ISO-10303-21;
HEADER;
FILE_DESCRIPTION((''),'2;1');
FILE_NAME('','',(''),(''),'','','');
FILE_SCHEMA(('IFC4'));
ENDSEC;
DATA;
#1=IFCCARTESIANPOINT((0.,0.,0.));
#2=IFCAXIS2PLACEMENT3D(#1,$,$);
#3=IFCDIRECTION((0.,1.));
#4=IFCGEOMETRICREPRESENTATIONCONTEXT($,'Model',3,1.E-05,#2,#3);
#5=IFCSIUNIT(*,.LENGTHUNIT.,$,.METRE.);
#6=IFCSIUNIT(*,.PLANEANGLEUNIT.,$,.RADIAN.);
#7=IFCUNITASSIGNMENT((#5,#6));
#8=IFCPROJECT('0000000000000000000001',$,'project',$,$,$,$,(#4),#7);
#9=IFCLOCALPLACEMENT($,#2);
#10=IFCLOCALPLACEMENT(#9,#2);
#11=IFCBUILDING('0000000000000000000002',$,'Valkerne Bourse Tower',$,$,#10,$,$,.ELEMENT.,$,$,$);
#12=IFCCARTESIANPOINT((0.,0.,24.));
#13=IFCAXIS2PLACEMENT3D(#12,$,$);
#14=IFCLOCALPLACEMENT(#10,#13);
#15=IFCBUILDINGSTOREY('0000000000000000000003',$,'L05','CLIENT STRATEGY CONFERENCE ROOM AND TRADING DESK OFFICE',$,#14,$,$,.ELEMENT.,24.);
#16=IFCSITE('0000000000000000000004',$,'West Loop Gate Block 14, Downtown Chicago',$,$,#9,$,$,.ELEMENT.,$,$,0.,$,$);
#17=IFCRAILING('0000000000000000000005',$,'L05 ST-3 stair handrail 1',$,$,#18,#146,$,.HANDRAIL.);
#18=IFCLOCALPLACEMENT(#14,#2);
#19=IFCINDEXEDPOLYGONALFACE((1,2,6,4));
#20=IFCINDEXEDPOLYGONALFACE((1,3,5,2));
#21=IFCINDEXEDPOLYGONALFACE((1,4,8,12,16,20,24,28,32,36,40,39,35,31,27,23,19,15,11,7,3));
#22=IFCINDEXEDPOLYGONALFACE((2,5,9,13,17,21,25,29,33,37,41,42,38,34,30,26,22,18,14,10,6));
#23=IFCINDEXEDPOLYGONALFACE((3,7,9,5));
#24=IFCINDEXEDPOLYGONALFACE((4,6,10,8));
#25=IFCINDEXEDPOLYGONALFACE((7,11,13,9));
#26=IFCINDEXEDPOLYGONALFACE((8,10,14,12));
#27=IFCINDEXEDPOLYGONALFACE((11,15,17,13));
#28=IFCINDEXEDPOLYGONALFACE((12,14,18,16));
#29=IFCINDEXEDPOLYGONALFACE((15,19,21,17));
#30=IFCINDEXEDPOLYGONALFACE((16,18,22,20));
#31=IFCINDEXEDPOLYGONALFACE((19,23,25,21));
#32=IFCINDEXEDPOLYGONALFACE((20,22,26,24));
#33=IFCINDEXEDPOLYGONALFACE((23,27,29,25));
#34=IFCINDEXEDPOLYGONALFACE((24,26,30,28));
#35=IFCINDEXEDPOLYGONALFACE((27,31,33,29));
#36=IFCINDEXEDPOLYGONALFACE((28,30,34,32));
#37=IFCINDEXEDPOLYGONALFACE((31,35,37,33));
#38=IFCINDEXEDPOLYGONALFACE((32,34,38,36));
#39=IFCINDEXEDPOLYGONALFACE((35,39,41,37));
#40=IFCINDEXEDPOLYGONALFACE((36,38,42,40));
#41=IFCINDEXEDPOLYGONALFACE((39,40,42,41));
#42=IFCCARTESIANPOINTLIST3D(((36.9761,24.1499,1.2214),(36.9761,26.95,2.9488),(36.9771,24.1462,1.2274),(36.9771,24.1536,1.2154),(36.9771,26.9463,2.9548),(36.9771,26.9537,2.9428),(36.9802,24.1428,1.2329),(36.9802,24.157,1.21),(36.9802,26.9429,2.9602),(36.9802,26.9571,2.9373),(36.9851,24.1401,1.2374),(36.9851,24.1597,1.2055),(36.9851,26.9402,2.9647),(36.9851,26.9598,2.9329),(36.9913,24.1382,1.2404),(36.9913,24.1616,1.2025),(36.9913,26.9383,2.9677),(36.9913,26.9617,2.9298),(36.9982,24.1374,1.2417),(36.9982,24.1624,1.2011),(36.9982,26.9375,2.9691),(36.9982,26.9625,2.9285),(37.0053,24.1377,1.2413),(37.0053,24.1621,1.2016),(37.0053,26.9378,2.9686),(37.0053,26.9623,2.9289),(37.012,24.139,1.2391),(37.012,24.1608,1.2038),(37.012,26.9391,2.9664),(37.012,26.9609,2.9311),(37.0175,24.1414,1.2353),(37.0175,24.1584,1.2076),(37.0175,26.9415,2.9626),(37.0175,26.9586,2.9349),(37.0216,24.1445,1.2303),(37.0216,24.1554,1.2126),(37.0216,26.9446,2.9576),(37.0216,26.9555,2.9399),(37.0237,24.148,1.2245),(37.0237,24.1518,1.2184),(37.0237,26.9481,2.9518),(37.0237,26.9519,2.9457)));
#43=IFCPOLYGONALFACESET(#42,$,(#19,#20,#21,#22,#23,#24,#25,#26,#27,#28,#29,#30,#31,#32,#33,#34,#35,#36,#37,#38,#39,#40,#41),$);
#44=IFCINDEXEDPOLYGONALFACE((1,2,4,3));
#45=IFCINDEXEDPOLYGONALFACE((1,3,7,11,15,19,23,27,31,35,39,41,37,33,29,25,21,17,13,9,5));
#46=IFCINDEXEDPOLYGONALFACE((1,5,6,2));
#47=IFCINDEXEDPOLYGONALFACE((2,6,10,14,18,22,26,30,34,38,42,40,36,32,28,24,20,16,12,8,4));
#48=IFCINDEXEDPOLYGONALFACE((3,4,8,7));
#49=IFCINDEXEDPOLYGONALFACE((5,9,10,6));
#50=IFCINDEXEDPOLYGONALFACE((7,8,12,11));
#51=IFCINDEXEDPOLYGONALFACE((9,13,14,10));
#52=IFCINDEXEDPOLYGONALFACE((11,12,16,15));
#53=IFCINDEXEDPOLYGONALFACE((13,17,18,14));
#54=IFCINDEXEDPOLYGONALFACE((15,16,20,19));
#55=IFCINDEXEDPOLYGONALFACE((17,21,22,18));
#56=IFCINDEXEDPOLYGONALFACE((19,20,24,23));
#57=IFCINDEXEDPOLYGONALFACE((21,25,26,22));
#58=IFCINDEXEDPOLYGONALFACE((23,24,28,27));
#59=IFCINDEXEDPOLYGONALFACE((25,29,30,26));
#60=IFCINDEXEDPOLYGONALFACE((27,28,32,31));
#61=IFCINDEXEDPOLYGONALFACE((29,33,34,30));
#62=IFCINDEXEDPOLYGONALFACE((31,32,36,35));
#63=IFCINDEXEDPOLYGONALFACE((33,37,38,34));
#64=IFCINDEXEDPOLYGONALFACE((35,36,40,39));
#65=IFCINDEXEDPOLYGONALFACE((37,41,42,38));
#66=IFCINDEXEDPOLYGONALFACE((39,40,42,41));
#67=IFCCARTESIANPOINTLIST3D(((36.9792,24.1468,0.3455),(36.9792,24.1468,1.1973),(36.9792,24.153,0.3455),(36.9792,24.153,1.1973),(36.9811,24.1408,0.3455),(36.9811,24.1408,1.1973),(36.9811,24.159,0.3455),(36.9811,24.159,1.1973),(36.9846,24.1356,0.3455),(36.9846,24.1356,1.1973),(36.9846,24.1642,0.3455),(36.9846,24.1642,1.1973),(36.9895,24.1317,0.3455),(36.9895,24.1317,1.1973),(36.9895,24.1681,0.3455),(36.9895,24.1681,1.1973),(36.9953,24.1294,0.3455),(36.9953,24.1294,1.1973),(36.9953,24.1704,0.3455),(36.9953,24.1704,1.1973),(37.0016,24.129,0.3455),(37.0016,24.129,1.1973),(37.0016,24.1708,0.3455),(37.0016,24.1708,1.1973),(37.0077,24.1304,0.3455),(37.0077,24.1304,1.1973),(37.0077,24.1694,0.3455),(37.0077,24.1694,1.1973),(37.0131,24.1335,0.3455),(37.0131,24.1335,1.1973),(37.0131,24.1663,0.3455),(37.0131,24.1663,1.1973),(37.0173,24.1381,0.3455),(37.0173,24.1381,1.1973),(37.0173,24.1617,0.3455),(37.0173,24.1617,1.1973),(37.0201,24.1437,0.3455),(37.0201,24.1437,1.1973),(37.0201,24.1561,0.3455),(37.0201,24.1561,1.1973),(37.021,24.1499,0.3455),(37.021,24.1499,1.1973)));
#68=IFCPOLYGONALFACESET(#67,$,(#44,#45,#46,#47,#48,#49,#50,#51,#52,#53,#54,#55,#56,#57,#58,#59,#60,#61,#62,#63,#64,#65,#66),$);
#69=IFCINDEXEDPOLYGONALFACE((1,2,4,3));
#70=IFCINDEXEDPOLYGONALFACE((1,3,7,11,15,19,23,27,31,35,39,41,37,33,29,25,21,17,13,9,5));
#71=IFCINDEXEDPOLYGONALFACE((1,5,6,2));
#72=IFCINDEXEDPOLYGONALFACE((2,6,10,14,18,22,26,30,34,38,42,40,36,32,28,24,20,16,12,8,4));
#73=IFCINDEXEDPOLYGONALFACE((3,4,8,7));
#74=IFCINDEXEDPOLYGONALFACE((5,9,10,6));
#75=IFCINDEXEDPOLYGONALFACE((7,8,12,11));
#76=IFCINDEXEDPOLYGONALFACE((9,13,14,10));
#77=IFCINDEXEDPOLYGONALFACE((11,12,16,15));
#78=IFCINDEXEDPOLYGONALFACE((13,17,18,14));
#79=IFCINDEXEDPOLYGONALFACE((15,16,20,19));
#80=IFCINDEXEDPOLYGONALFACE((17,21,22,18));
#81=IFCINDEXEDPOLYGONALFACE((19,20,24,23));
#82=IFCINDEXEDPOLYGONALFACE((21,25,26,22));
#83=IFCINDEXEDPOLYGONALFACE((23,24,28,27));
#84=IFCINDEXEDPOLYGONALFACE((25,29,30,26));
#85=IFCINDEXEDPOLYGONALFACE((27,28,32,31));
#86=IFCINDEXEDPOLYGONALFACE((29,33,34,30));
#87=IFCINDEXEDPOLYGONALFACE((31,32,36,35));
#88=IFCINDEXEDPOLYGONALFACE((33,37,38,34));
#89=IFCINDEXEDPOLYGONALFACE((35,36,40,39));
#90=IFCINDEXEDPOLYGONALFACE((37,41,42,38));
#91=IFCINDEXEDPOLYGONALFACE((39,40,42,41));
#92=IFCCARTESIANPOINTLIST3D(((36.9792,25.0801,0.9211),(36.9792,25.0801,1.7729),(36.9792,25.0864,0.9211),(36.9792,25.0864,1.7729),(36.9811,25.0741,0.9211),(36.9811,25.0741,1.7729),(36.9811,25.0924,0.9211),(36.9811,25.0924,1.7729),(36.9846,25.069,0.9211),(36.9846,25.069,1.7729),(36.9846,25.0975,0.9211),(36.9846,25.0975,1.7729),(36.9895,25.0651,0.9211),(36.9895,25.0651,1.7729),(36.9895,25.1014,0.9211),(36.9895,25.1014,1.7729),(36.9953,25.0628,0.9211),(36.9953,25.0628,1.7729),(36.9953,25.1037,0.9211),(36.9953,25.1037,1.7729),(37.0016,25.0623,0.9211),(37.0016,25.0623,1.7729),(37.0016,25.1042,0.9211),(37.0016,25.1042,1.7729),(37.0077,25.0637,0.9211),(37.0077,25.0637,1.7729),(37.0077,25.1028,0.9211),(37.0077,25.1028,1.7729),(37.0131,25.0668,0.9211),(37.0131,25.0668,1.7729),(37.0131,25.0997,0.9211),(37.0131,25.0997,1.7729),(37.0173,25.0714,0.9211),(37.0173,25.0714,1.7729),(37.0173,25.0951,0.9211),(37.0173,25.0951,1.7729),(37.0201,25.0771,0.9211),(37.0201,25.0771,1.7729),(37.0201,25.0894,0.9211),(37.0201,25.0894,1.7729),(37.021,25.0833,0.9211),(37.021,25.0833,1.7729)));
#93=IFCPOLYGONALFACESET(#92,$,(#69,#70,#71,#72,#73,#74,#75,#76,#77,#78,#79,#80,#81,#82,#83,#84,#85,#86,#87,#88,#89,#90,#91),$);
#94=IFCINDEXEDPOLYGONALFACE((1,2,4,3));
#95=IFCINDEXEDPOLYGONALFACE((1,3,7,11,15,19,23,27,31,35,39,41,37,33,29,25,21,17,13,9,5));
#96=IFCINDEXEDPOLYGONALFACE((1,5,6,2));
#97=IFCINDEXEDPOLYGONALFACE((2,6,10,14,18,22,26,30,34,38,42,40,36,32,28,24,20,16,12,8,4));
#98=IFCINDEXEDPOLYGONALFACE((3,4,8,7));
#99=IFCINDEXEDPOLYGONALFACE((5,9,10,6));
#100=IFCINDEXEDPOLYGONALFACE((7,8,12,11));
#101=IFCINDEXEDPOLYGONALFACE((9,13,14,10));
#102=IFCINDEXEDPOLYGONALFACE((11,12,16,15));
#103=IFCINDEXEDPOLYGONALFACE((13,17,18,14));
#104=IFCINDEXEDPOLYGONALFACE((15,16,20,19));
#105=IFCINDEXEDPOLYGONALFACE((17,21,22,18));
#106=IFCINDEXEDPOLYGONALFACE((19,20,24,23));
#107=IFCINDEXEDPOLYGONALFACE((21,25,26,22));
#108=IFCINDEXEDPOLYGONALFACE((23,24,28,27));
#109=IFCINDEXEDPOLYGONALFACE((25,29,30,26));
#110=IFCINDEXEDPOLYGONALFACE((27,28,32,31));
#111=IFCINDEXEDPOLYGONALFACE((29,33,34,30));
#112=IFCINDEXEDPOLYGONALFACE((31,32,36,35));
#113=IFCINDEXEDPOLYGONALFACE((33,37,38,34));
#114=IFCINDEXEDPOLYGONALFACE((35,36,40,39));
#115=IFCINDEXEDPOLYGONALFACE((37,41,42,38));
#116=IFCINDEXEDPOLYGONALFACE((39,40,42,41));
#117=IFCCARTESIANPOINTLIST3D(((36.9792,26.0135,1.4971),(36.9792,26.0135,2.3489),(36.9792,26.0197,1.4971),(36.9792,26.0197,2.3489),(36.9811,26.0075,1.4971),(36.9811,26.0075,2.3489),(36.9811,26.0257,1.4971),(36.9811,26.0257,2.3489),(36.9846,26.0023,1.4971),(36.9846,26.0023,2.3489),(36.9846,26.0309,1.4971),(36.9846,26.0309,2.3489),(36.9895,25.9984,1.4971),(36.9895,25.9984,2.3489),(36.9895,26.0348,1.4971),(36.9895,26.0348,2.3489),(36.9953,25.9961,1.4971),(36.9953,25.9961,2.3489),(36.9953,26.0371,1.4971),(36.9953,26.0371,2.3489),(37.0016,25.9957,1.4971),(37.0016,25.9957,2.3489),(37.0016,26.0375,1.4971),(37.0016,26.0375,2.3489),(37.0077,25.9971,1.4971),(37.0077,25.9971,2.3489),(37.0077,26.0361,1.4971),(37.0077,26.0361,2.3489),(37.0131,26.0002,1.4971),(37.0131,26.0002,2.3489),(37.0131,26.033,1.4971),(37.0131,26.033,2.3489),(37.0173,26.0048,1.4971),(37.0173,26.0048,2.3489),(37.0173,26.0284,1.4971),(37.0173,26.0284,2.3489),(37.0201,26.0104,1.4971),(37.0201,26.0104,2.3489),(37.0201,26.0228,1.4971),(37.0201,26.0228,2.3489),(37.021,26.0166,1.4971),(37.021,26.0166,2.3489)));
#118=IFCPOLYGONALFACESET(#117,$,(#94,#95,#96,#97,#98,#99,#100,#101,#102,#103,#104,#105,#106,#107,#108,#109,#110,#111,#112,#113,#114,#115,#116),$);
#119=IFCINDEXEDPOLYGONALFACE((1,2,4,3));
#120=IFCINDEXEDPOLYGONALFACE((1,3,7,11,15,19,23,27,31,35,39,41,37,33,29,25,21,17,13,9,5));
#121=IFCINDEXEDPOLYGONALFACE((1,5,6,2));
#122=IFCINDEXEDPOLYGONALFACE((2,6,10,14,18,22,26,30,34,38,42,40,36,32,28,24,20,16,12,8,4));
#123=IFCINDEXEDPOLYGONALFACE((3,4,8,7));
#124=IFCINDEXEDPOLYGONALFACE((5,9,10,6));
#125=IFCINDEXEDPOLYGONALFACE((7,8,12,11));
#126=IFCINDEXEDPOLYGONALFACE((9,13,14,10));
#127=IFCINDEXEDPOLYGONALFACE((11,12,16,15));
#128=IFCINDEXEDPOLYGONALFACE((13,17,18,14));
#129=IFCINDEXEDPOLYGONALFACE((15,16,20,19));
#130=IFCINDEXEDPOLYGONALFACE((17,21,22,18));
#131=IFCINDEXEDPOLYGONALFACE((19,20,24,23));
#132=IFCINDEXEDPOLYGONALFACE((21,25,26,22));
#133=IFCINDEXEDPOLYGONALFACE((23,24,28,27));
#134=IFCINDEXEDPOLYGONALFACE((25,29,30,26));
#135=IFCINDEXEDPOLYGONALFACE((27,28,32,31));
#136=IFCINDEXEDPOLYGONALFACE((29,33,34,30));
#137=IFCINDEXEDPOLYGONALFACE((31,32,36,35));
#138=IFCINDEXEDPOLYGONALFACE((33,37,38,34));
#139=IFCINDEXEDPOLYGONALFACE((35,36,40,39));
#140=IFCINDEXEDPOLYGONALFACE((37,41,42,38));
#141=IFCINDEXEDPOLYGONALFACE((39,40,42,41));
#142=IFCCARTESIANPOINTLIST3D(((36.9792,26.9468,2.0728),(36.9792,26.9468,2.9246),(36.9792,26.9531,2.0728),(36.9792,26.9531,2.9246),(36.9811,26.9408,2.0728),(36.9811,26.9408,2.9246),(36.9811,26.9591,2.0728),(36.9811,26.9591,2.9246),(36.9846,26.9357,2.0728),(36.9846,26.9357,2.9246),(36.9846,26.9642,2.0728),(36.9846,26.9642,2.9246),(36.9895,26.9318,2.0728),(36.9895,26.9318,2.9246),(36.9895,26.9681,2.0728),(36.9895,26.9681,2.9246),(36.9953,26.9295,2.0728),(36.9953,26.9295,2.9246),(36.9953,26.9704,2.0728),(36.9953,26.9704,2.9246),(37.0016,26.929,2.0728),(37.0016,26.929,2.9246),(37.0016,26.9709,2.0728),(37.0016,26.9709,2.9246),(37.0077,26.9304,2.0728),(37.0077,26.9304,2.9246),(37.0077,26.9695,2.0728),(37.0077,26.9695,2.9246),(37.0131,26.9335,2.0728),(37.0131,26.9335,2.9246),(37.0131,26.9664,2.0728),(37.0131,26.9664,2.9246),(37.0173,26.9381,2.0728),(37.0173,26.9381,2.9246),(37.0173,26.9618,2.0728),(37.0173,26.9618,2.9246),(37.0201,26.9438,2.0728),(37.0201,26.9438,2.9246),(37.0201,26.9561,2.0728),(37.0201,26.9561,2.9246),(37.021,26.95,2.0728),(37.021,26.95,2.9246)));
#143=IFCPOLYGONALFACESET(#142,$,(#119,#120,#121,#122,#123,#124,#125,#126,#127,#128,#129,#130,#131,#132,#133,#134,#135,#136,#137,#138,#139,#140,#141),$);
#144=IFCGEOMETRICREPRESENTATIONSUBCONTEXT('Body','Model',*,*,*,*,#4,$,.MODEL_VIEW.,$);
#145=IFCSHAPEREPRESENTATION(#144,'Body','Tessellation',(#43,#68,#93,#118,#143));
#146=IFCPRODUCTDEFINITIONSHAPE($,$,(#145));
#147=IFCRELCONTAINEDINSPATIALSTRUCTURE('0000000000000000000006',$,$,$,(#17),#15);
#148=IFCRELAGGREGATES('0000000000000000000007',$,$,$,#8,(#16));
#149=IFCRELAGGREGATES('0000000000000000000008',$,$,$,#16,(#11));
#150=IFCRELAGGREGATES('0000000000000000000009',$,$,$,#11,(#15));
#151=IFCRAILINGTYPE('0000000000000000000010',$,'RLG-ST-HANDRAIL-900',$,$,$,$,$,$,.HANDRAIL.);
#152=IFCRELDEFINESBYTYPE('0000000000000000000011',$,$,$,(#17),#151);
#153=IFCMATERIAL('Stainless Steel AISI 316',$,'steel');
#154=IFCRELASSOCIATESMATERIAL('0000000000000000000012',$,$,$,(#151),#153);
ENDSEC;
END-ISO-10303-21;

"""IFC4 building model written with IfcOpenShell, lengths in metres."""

from ifc_helpers import new_model, si_unit, direction, frame, origin, origin_2d, place, context, subcontext, project, spatial, circle, extrude, material, type_object, element, save


model = new_model("IFC4")

# Units and contexts
model_context = context("Model", 3, precision=1e-05, world=origin(), true_north=direction((0.0, 1.0)))
body_context = subcontext(model_context, "Body", "Model", "MODEL_VIEW")
ifc_project = project(units=[si_unit("LENGTHUNIT", "METRE"), si_unit("PLANEANGLEUNIT", "RADIAN")], contexts=[model_context])

# Site, building, storey
site_placement = place(None, origin())
site = spatial("IfcSite", under=ifc_project, at=site_placement, Name="West Loop Gate Block 14, Downtown Chicago", CompositionType="ELEMENT", RefElevation=0.0)
building_placement = place(site_placement, origin())
building = spatial("IfcBuilding", under=site, at=building_placement, Name="Valkerne Bourse Tower", CompositionType="ELEMENT")
storey_placement = place(building_placement, frame((0.0, 0.0, 24.0)))
storey = spatial("IfcBuildingStorey", under=building, at=storey_placement, Name="L05", Description="CLIENT STRATEGY CONFERENCE ROOM AND TRADING DESK OFFICE", CompositionType="ELEMENT", Elevation=24.0)

# Shared definitions
ifc_material_1 = material(Name="Stainless Steel AISI 316", Category="steel")

# Railing
railing_type_1 = type_object("IfcRailingType", Name="RLG-ST-HANDRAIL-900", PredefinedType="HANDRAIL", material=ifc_material_1)
railing_1_placement = place(storey_placement, frame((37.0, 24.1499, 0.3455)))
element("IfcRailing", 1, at=railing_1_placement, inside=storey, type_object=railing_type_1, Name="L05 ST-3 stair handrail 1", PredefinedType="HANDRAIL", context=body_context, shape_type="SweptSolid", body=[
    extrude(circle(Radius=0.0239, at=origin_2d()), frame((0.0, 0.0, 0.876), z_axis=(0.0, 0.85109, 0.52502), x_axis=(-1.0, 0.0, 0.0)), (0.0, 0.0, 1.0), 3.29),
    extrude(circle(Radius=0.021, at=origin_2d()), origin(), (0.0, 0.0, 1.0), 0.8518),
    extrude(circle(Radius=0.021, at=origin_2d()), frame((0.0, 0.9333, 0.5757)), (0.0, 0.0, 1.0), 0.8518),
    extrude(circle(Radius=0.021, at=origin_2d()), frame((0.0, 1.8667, 1.1516)), (0.0, 0.0, 1.0), 0.8518),
    extrude(circle(Radius=0.021, at=origin_2d()), frame((0.0, 2.8, 1.7273)), (0.0, 0.0, 1.0), 0.8518),
])

save(model, "model.ifc")
